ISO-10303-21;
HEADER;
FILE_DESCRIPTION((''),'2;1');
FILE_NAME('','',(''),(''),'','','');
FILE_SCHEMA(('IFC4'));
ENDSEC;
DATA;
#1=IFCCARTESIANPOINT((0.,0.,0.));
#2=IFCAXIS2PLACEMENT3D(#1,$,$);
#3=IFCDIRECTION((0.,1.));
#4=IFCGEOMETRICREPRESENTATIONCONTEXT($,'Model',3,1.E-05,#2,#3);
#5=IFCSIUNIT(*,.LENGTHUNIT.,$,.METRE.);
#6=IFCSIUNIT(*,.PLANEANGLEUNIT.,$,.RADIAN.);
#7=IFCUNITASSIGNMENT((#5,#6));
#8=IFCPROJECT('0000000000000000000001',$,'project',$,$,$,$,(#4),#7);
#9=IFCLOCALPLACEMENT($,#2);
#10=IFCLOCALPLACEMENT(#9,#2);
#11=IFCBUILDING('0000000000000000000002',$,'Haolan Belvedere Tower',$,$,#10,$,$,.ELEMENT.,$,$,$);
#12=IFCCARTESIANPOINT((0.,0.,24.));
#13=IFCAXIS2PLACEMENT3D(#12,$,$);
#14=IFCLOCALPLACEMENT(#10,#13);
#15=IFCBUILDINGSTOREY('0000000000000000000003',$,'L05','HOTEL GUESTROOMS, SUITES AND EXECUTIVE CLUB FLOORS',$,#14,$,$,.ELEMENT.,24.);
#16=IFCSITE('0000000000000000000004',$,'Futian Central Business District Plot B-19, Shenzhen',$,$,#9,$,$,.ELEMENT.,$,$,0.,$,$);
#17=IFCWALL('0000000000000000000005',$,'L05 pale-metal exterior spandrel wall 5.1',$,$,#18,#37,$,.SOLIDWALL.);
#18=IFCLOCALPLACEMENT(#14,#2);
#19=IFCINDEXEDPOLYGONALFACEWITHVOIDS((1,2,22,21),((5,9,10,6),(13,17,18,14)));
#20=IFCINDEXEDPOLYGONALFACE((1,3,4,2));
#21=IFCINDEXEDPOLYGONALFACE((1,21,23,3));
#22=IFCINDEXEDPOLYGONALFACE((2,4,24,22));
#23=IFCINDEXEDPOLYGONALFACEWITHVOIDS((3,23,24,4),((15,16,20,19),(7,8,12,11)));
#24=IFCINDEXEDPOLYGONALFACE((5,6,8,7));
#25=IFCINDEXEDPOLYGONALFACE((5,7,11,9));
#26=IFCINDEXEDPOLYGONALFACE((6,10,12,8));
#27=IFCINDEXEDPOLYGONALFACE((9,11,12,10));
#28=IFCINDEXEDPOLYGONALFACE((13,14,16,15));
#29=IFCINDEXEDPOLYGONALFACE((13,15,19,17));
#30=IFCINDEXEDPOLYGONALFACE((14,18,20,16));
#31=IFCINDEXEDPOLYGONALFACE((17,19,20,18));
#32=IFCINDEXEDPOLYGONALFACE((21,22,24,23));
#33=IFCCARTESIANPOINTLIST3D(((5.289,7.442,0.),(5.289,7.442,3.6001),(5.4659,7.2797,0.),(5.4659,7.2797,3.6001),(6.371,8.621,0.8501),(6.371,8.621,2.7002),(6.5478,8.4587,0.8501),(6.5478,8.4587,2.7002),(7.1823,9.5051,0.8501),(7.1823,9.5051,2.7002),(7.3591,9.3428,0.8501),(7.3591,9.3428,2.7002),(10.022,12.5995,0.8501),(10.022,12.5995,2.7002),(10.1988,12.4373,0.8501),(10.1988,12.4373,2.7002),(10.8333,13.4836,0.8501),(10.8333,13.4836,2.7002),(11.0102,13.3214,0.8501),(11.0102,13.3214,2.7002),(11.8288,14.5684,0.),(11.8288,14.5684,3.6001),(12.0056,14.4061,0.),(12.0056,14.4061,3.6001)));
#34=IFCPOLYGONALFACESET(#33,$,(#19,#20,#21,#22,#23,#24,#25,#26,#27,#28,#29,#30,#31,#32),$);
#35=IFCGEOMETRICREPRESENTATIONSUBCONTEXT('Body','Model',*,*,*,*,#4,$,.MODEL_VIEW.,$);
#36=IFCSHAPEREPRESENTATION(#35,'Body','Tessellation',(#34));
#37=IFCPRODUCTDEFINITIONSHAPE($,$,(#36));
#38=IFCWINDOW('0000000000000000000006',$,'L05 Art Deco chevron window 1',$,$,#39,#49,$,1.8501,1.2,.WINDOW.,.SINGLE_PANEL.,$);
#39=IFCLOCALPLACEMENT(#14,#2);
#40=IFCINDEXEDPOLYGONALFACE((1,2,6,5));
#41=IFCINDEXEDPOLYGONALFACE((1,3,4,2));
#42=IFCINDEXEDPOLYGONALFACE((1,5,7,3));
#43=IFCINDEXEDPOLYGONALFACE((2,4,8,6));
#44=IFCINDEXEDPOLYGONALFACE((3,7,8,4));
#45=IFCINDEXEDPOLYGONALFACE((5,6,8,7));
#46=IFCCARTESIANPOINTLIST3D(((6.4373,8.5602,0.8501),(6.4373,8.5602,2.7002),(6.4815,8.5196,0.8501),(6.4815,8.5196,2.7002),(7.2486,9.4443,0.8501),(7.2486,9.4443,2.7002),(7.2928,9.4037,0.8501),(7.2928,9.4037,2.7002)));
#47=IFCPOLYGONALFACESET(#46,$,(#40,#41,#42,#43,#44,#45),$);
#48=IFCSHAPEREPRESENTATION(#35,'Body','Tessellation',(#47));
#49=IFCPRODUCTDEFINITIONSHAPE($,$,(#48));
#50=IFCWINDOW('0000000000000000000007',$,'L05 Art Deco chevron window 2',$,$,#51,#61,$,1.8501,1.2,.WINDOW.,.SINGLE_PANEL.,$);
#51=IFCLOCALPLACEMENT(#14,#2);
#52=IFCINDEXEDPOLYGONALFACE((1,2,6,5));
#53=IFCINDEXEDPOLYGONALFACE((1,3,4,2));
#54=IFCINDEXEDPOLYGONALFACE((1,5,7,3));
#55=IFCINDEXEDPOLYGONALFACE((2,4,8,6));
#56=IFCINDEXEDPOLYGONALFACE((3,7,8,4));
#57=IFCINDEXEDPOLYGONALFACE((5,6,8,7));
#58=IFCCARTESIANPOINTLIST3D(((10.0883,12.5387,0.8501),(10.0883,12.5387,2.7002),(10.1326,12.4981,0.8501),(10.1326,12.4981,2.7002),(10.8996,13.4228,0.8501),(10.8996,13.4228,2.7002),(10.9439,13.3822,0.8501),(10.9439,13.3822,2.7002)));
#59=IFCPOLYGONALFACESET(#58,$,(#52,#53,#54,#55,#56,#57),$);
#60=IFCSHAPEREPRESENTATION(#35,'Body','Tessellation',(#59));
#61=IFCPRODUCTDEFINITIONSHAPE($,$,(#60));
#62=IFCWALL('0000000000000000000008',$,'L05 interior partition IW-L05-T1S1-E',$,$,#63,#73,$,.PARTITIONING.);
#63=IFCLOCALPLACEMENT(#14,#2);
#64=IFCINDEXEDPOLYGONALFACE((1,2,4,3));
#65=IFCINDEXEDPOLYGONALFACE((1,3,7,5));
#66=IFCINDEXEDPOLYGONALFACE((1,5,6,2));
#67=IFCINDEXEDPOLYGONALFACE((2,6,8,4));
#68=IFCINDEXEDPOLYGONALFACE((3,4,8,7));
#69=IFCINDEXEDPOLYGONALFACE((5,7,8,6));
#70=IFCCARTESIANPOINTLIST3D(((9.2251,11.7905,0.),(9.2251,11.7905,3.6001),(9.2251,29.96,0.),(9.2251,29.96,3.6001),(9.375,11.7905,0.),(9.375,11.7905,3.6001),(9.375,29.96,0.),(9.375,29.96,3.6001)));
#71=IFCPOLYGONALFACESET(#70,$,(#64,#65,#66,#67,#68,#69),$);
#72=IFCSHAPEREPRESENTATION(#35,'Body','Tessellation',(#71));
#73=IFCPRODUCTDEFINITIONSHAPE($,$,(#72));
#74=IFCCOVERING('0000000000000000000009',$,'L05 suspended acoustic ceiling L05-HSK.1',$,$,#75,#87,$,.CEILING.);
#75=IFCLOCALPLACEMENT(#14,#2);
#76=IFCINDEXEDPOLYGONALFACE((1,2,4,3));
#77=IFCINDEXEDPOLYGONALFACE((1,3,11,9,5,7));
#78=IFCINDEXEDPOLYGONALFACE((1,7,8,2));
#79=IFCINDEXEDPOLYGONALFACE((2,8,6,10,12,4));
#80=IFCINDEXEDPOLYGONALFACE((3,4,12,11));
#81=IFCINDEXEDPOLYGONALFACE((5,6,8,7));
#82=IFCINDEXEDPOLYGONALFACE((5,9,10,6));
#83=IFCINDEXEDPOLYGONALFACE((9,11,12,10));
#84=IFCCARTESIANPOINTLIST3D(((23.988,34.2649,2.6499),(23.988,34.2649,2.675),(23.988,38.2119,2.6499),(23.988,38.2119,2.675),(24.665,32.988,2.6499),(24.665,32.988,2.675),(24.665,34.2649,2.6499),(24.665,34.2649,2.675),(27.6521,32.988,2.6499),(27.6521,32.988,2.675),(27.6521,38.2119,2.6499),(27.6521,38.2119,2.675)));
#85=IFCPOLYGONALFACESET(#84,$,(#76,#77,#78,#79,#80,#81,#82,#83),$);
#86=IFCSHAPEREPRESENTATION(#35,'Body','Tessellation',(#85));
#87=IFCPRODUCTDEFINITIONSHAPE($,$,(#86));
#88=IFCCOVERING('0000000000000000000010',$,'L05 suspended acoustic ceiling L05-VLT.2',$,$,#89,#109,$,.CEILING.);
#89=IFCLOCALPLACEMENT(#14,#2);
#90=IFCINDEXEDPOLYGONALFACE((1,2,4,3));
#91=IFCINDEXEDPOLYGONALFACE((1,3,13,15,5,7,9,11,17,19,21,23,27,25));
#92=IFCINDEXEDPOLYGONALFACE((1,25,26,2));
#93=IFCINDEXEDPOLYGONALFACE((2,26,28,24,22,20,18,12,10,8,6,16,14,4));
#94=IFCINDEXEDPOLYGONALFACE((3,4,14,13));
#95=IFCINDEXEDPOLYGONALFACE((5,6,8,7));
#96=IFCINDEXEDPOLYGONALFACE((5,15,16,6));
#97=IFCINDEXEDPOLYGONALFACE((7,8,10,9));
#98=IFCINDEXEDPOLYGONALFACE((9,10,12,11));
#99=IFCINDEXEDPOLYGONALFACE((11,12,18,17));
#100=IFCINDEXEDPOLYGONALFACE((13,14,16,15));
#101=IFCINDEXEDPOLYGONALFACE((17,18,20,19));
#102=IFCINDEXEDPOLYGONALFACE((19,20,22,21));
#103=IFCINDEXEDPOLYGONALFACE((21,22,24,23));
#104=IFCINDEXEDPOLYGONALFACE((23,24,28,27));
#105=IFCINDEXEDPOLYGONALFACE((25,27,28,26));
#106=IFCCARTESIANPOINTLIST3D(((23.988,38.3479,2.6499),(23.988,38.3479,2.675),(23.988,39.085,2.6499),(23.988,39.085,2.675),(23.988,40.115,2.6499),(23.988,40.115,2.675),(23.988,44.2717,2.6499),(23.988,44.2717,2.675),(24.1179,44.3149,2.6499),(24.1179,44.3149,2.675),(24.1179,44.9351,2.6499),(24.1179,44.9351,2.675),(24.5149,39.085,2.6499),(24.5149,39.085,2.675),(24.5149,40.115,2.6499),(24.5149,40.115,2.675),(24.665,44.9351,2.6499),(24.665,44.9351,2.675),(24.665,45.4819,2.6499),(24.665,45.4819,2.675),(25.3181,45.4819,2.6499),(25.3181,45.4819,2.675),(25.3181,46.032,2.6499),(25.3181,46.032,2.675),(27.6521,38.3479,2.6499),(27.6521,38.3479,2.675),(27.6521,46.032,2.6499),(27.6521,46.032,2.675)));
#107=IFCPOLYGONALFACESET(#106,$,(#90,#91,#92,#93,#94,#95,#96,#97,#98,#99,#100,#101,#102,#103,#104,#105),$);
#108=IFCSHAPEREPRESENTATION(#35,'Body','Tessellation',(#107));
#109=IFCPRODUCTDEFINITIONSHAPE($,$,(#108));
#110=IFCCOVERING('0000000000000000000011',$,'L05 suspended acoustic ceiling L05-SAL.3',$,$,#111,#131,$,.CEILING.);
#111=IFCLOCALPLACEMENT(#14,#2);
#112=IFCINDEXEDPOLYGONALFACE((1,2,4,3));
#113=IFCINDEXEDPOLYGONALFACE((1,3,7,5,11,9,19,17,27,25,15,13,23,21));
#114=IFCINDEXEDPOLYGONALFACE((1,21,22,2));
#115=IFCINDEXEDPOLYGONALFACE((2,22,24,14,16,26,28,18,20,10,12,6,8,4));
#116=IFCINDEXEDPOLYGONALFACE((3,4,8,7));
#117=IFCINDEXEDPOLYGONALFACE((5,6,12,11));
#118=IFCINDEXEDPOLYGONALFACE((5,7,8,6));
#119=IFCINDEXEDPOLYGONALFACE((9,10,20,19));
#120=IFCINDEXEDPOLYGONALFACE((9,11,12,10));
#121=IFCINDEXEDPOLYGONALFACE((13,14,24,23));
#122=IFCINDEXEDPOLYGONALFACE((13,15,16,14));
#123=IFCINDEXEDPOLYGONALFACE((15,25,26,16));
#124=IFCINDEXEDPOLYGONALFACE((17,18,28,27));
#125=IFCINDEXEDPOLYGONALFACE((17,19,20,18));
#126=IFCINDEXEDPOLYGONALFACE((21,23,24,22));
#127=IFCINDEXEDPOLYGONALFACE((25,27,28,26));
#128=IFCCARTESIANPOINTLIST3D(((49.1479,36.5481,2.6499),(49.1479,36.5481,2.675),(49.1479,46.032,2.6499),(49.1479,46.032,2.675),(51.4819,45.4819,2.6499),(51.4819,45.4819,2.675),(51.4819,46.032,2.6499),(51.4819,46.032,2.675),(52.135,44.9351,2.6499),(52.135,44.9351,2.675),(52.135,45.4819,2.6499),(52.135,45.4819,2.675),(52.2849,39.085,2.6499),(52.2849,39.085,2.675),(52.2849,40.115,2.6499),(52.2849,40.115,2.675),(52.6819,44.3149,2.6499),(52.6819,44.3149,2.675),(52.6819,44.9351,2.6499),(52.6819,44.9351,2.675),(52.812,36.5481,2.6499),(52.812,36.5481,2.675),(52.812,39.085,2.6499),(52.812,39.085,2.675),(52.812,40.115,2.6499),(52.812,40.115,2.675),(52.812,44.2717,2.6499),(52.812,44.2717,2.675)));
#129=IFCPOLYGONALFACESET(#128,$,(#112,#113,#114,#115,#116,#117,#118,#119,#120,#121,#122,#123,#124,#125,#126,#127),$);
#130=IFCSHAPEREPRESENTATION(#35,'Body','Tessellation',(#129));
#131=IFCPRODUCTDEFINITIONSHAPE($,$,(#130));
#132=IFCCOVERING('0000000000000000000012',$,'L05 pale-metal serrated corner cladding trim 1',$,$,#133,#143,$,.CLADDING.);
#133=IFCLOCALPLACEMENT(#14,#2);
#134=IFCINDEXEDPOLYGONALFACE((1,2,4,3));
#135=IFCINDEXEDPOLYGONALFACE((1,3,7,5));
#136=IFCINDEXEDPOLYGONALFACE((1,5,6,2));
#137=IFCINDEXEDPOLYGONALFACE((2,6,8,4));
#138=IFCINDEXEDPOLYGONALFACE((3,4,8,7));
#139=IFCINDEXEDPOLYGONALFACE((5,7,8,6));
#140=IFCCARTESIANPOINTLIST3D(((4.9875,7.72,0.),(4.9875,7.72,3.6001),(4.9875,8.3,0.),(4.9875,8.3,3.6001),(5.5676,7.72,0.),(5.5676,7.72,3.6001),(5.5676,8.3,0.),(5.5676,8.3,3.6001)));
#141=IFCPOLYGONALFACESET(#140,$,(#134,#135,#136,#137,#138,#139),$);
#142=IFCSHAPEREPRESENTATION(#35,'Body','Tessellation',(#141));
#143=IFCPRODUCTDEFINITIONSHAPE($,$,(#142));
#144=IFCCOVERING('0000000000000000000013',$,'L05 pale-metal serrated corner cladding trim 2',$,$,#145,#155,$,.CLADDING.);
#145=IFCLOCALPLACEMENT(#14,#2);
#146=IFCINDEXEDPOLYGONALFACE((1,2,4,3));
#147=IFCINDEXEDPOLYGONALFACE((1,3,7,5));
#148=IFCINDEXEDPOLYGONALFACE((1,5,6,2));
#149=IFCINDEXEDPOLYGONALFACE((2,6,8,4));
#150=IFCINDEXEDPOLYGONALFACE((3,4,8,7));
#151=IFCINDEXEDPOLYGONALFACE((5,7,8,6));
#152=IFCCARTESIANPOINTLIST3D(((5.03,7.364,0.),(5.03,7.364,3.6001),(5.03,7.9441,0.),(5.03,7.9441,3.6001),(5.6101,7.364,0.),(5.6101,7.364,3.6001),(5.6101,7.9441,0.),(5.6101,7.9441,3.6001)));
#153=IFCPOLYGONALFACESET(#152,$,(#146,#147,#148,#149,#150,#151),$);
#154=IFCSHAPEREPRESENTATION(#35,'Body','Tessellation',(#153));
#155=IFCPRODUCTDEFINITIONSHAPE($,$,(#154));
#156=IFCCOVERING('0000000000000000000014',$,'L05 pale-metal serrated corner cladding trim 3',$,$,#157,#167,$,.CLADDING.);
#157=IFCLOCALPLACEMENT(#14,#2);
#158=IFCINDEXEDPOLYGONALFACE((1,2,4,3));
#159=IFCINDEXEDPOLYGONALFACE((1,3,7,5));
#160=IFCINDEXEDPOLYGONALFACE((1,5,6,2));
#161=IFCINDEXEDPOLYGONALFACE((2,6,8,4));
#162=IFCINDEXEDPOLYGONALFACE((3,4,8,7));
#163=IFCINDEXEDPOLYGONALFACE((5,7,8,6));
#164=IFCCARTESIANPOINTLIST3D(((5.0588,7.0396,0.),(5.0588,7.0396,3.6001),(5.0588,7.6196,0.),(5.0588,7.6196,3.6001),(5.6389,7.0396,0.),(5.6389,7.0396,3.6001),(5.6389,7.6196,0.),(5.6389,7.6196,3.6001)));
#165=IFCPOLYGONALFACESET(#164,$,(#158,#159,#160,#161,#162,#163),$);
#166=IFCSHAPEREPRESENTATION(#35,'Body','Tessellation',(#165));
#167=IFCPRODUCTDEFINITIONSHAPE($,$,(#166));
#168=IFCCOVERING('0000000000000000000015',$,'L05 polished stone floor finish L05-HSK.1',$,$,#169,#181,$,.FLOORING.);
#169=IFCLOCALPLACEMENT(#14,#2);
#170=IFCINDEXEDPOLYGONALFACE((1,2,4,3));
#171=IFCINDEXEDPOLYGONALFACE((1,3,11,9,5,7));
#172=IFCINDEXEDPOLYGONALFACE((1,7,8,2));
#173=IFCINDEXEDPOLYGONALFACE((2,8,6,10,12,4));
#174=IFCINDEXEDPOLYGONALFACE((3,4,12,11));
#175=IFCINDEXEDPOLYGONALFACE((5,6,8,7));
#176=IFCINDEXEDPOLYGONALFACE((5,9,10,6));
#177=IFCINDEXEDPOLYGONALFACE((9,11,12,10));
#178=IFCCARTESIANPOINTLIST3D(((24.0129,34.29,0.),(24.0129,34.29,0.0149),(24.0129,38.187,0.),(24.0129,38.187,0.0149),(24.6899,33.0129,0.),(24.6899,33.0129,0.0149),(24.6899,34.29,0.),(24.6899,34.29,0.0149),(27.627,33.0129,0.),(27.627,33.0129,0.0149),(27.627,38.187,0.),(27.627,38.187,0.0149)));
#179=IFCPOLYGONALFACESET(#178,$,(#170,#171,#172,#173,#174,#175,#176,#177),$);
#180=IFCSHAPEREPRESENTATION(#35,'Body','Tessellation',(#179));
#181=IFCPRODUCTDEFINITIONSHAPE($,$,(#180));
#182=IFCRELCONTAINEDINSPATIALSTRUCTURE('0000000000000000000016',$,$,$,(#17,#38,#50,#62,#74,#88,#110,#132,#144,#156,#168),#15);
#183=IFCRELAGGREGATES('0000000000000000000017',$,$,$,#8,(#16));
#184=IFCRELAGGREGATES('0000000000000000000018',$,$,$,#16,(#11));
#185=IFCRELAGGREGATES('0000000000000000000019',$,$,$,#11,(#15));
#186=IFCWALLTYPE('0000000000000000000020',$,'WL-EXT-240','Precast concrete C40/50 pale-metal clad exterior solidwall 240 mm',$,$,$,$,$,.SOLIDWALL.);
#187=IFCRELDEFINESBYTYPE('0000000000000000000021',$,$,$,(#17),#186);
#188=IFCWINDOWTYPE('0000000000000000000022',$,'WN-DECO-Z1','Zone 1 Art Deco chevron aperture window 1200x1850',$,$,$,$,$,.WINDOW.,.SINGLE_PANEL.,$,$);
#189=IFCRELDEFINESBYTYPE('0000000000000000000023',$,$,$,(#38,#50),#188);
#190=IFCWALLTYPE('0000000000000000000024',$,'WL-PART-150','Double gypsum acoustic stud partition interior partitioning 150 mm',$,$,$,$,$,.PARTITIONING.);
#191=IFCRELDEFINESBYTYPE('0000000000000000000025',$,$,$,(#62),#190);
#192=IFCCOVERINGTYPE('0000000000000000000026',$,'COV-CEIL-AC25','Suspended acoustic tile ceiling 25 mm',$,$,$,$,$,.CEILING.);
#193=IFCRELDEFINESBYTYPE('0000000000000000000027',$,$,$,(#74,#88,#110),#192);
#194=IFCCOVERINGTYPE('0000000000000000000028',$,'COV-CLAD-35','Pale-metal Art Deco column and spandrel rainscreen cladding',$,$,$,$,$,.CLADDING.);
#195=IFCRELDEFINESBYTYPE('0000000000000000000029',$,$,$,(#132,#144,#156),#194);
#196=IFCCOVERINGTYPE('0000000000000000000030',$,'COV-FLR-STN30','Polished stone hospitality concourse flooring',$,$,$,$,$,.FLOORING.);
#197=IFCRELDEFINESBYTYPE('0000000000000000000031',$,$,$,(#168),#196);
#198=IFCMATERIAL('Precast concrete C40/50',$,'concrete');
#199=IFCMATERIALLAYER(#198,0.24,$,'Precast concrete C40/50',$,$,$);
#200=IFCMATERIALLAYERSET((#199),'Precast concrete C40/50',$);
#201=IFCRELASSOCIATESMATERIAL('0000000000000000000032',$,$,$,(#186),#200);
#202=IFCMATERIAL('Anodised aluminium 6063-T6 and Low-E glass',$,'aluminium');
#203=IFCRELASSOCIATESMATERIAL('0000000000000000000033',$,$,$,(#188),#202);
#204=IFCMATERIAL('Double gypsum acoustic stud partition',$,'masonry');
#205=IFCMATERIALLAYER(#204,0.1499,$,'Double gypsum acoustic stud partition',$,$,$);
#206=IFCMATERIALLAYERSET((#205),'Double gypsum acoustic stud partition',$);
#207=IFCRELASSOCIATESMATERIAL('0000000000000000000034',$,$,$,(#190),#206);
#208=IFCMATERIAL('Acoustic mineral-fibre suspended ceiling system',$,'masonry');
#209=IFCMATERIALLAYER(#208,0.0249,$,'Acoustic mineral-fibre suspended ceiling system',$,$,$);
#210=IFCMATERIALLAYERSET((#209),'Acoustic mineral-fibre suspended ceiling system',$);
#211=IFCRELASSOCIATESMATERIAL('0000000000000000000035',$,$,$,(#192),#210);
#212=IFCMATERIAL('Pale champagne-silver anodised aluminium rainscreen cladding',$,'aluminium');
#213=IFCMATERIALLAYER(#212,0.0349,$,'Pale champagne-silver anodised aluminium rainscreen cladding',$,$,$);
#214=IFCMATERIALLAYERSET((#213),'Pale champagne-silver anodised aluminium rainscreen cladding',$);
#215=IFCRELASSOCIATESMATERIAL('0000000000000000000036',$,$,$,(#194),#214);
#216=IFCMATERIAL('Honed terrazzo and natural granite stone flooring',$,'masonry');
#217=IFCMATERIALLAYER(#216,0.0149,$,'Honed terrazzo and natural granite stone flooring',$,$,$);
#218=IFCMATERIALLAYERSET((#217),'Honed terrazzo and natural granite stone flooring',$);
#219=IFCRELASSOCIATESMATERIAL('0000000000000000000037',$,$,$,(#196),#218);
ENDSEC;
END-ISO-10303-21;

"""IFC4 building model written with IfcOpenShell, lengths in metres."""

from ifc_helpers import new_model, si_unit, direction, frame, frame_2d, origin, origin_2d, place, context, subcontext, project, spatial, polyline, rectangle, outline, extrude, material, layer, layer_set, type_object, element, fill, save


model = new_model("IFC4")

# Units and contexts
model_context = context("Model", 3, precision=1e-05, world=origin(), true_north=direction((0.0, 1.0)))
body_context = subcontext(model_context, "Body", "Model", "MODEL_VIEW")
ifc_project = project(units=[si_unit("LENGTHUNIT", "METRE"), si_unit("PLANEANGLEUNIT", "RADIAN")], contexts=[model_context])

# Site, building, storey
site_placement = place(None, origin())
site = spatial("IfcSite", under=ifc_project, at=site_placement, Name="Futian Central Business District Plot B-19, Shenzhen", CompositionType="ELEMENT", RefElevation=0.0)
building_placement = place(site_placement, origin())
building = spatial("IfcBuilding", under=site, at=building_placement, Name="Haolan Belvedere Tower", CompositionType="ELEMENT")
storey_placement = place(building_placement, frame((0.0, 0.0, 24.0)))
storey = spatial("IfcBuildingStorey", under=building, at=storey_placement, Name="L05", Description="HOTEL GUESTROOMS, SUITES AND EXECUTIVE CLUB FLOORS", CompositionType="ELEMENT", Elevation=24.0)

# Shared definitions
ifc_material_1 = material(Name="Precast concrete C40/50", Category="concrete")
ifc_layer_1 = layer(ifc_material_1, 0.24, Name="Precast concrete C40/50")
ifc_layer_set_1 = layer_set([ifc_layer_1], Name="Precast concrete C40/50")
wall_type_1 = type_object("IfcWallType", Name="WL-EXT-240", Description="Precast concrete C40/50 pale-metal clad exterior solidwall 240 mm", PredefinedType="SOLIDWALL", material=ifc_layer_set_1)

# Wall, openings, windows
wall_1_placement = place(storey_placement, frame((5.3774, 7.3608, 0.0), z_axis=(0.0, 0.0, 1.0), x_axis=(0.676129, 0.736783, 0.0)))
wall_1 = element("IfcWall", 1, at=wall_1_placement, inside=storey, type_object=wall_type_1, Name="L05 pale-metal exterior spandrel wall 5.1", PredefinedType="SOLIDWALL", context=body_context, shape_type="SweptSolid", body=[
    extrude(rectangle(XDim=9.6724, YDim=0.24, at=frame_2d((4.8362, 0.0))), origin(), (0.0, 0.0, 1.0), 3.6001),
])
opening_1_placement = place(wall_1_placement, frame((1.6001, 0.0, 0.8501)))
opening_1 = element("IfcOpeningElement", 2, at=opening_1_placement, cuts=wall_1, PredefinedType="OPENING", context=body_context, shape_type="SweptSolid", body=[
    extrude(rectangle(XDim=1.2, YDim=1.8501, at=frame_2d((0.6001, 0.925))), frame((0.0, 0.1299, 0.0), z_axis=(0.0, -1.0, 0.0), x_axis=(1.0, 0.0, 0.0)), (0.0, 0.0, 1.0), 0.26),
])
opening_2_placement = place(wall_1_placement, frame((7.0, 0.0, 0.8501)))
opening_2 = element("IfcOpeningElement", 3, at=opening_2_placement, cuts=wall_1, PredefinedType="OPENING", context=body_context, shape_type="SweptSolid", body=[
    extrude(rectangle(XDim=1.2, YDim=1.8501, at=frame_2d((0.6001, 0.925))), frame((0.0, 0.1299, 0.0), z_axis=(0.0, -1.0, 0.0), x_axis=(1.0, 0.0, 0.0)), (0.0, 0.0, 1.0), 0.26),
])
ifc_material_2 = material(Name="Anodised aluminium 6063-T6 and Low-E glass", Category="aluminium")
window_type_1 = type_object("IfcWindowType", Name="WN-DECO-Z1", Description="Zone 1 Art Deco chevron aperture window 1200x1850", PartitioningType="SINGLE_PANEL", PredefinedType="WINDOW", material=ifc_material_2)
window_1_placement = place(opening_1_placement, origin())
window_1 = element("IfcWindow", 4, at=window_1_placement, inside=storey, type_object=window_type_1, Name="L05 Art Deco chevron window 1", OverallHeight=1.8501, OverallWidth=1.2, PartitioningType="SINGLE_PANEL", PredefinedType="WINDOW", context=body_context, shape_type="SweptSolid", body=[
    extrude(rectangle(XDim=1.2, YDim=1.8501, at=frame_2d((0.6001, 0.925))), frame((0.0, 0.03, 0.0), z_axis=(0.0, -1.0, 0.0), x_axis=(1.0, 0.0, 0.0)), (0.0, 0.0, 1.0), 0.0601),
])
fill(opening_1, window_1)
window_2_placement = place(opening_2_placement, origin())
window_2 = element("IfcWindow", 5, at=window_2_placement, inside=storey, type_object=window_type_1, Name="L05 Art Deco chevron window 2", OverallHeight=1.8501, OverallWidth=1.2, PartitioningType="SINGLE_PANEL", PredefinedType="WINDOW", context=body_context, shape_type="SweptSolid", body=[
    extrude(rectangle(XDim=1.2, YDim=1.8501, at=frame_2d((0.6001, 0.925))), frame((0.0, 0.03, 0.0), z_axis=(0.0, -1.0, 0.0), x_axis=(1.0, 0.0, 0.0)), (0.0, 0.0, 1.0), 0.0601),
])
fill(opening_2, window_2)

# Wall
ifc_material_3 = material(Name="Double gypsum acoustic stud partition", Category="masonry")
ifc_layer_2 = layer(ifc_material_3, 0.1499, Name="Double gypsum acoustic stud partition")
ifc_layer_set_2 = layer_set([ifc_layer_2], Name="Double gypsum acoustic stud partition")
wall_type_2 = type_object("IfcWallType", Name="WL-PART-150", Description="Double gypsum acoustic stud partition interior partitioning 150 mm", PredefinedType="PARTITIONING", material=ifc_layer_set_2)
wall_2_placement = place(storey_placement, frame((9.3, 11.7905, 0.0), z_axis=(0.0, 0.0, 1.0), x_axis=(0.0, 1.0, 0.0)))
element("IfcWall", 6, at=wall_2_placement, inside=storey, type_object=wall_type_2, Name="L05 interior partition IW-L05-T1S1-E", PredefinedType="PARTITIONING", context=body_context, shape_type="SweptSolid", body=[
    extrude(rectangle(XDim=18.1694, YDim=0.1499, at=frame_2d((9.0847, 0.0))), origin(), (0.0, 0.0, 1.0), 3.6001),
])

# Coverings
ifc_material_4 = material(Name="Acoustic mineral-fibre suspended ceiling system", Category="masonry")
ifc_layer_3 = layer(ifc_material_4, 0.0249, Name="Acoustic mineral-fibre suspended ceiling system")
ifc_layer_set_3 = layer_set([ifc_layer_3], Name="Acoustic mineral-fibre suspended ceiling system")
covering_type_1 = type_object("IfcCoveringType", Name="COV-CEIL-AC25", Description="Suspended acoustic tile ceiling 25 mm", PredefinedType="CEILING", material=ifc_layer_set_3)
covering_1_placement = place(storey_placement, frame((0.0, 0.0, 2.6499)))
element("IfcCovering", 7, at=covering_1_placement, inside=storey, type_object=covering_type_1, Name="L05 suspended acoustic ceiling L05-HSK.1", PredefinedType="CEILING", context=body_context, shape_type="SweptSolid", body=[
    extrude(outline(polyline([(27.6521, 32.988), (27.6521, 38.2119), (23.988, 38.2119), (23.988, 34.2649), (24.665, 34.2649), (24.665, 32.988), (27.6521, 32.988)])), origin(), (0.0, 0.0, 1.0), 0.0251),
])
covering_2_placement = place(storey_placement, frame((0.0, 0.0, 2.6499)))
element("IfcCovering", 8, at=covering_2_placement, inside=storey, type_object=covering_type_1, Name="L05 suspended acoustic ceiling L05-VLT.2", PredefinedType="CEILING", context=body_context, shape_type="SweptSolid", body=[
    extrude(outline(polyline([(23.988, 40.115), (24.5149, 40.115), (24.5149, 39.085), (23.988, 39.085), (23.988, 38.3479), (27.6521, 38.3479), (27.6521, 46.032), (25.3181, 46.032), (25.3181, 45.4819), (24.665, 45.4819), (24.665, 44.9351), (24.1179, 44.9351), (24.1179, 44.3149), (23.988, 44.2717), (23.988, 40.115)])), origin(), (0.0, 0.0, 1.0), 0.0251),
])
covering_3_placement = place(storey_placement, frame((0.0, 0.0, 2.6499)))
element("IfcCovering", 9, at=covering_3_placement, inside=storey, type_object=covering_type_1, Name="L05 suspended acoustic ceiling L05-SAL.3", PredefinedType="CEILING", context=body_context, shape_type="SweptSolid", body=[
    extrude(outline(polyline([(51.4819, 46.032), (49.1479, 46.032), (49.1479, 36.5481), (52.812, 36.5481), (52.812, 39.085), (52.2849, 39.085), (52.2849, 40.115), (52.812, 40.115), (52.812, 44.2717), (52.6819, 44.3149), (52.6819, 44.9351), (52.135, 44.9351), (52.135, 45.4819), (51.4819, 45.4819), (51.4819, 46.032)])), origin(), (0.0, 0.0, 1.0), 0.0251),
])
ifc_material_5 = material(Name="Pale champagne-silver anodised aluminium rainscreen cladding", Category="aluminium")
ifc_layer_4 = layer(ifc_material_5, 0.0349, Name="Pale champagne-silver anodised aluminium rainscreen cladding")
ifc_layer_set_4 = layer_set([ifc_layer_4], Name="Pale champagne-silver anodised aluminium rainscreen cladding")
covering_type_2 = type_object("IfcCoveringType", Name="COV-CLAD-35", Description="Pale-metal Art Deco column and spandrel rainscreen cladding", PredefinedType="CLADDING", material=ifc_layer_set_4)
for number, where, z_axis, x_axis, name in (
    (10, (5.2776, 8.01, 0.0), (0.0, 0.0, 1.0), (1.0, 0.0, 0.0), "L05 pale-metal serrated corner cladding trim 1"),
    (11, (5.3201, 7.6541, 0.0), (0.0, 0.0, 1.0), (1.0, 0.0, 0.0), "L05 pale-metal serrated corner cladding trim 2"),
    (12, (5.3489, 7.3296, 0.0), (0.0, 0.0, 1.0), (1.0, 0.0, 0.0), "L05 pale-metal serrated corner cladding trim 3"),
):
    element("IfcCovering", number, at=place(storey_placement, frame(where, z_axis=z_axis, x_axis=x_axis)), inside=storey, type_object=covering_type_2, Name=name, PredefinedType="CLADDING", context=body_context, shape_type="SweptSolid", body=[
        extrude(rectangle(XDim=0.5801, YDim=0.5801, at=origin_2d()), origin(), (0.0, 0.0, 1.0), 3.6001),
    ])
ifc_material_6 = material(Name="Honed terrazzo and natural granite stone flooring", Category="masonry")
ifc_layer_5 = layer(ifc_material_6, 0.0149, Name="Honed terrazzo and natural granite stone flooring")
ifc_layer_set_5 = layer_set([ifc_layer_5], Name="Honed terrazzo and natural granite stone flooring")
covering_type_3 = type_object("IfcCoveringType", Name="COV-FLR-STN30", Description="Polished stone hospitality concourse flooring", PredefinedType="FLOORING", material=ifc_layer_set_5)
covering_4_placement = place(storey_placement, origin())
element("IfcCovering", 13, at=covering_4_placement, inside=storey, type_object=covering_type_3, Name="L05 polished stone floor finish L05-HSK.1", PredefinedType="FLOORING", context=body_context, shape_type="SweptSolid", body=[
    extrude(outline(polyline([(27.627, 38.187), (24.0129, 38.187), (24.0129, 34.29), (24.6899, 34.29), (24.6899, 33.0129), (27.627, 33.0129), (27.627, 38.187)])), origin(), (0.0, 0.0, 1.0), 0.0149),
])

save(model, "model.ifc")
